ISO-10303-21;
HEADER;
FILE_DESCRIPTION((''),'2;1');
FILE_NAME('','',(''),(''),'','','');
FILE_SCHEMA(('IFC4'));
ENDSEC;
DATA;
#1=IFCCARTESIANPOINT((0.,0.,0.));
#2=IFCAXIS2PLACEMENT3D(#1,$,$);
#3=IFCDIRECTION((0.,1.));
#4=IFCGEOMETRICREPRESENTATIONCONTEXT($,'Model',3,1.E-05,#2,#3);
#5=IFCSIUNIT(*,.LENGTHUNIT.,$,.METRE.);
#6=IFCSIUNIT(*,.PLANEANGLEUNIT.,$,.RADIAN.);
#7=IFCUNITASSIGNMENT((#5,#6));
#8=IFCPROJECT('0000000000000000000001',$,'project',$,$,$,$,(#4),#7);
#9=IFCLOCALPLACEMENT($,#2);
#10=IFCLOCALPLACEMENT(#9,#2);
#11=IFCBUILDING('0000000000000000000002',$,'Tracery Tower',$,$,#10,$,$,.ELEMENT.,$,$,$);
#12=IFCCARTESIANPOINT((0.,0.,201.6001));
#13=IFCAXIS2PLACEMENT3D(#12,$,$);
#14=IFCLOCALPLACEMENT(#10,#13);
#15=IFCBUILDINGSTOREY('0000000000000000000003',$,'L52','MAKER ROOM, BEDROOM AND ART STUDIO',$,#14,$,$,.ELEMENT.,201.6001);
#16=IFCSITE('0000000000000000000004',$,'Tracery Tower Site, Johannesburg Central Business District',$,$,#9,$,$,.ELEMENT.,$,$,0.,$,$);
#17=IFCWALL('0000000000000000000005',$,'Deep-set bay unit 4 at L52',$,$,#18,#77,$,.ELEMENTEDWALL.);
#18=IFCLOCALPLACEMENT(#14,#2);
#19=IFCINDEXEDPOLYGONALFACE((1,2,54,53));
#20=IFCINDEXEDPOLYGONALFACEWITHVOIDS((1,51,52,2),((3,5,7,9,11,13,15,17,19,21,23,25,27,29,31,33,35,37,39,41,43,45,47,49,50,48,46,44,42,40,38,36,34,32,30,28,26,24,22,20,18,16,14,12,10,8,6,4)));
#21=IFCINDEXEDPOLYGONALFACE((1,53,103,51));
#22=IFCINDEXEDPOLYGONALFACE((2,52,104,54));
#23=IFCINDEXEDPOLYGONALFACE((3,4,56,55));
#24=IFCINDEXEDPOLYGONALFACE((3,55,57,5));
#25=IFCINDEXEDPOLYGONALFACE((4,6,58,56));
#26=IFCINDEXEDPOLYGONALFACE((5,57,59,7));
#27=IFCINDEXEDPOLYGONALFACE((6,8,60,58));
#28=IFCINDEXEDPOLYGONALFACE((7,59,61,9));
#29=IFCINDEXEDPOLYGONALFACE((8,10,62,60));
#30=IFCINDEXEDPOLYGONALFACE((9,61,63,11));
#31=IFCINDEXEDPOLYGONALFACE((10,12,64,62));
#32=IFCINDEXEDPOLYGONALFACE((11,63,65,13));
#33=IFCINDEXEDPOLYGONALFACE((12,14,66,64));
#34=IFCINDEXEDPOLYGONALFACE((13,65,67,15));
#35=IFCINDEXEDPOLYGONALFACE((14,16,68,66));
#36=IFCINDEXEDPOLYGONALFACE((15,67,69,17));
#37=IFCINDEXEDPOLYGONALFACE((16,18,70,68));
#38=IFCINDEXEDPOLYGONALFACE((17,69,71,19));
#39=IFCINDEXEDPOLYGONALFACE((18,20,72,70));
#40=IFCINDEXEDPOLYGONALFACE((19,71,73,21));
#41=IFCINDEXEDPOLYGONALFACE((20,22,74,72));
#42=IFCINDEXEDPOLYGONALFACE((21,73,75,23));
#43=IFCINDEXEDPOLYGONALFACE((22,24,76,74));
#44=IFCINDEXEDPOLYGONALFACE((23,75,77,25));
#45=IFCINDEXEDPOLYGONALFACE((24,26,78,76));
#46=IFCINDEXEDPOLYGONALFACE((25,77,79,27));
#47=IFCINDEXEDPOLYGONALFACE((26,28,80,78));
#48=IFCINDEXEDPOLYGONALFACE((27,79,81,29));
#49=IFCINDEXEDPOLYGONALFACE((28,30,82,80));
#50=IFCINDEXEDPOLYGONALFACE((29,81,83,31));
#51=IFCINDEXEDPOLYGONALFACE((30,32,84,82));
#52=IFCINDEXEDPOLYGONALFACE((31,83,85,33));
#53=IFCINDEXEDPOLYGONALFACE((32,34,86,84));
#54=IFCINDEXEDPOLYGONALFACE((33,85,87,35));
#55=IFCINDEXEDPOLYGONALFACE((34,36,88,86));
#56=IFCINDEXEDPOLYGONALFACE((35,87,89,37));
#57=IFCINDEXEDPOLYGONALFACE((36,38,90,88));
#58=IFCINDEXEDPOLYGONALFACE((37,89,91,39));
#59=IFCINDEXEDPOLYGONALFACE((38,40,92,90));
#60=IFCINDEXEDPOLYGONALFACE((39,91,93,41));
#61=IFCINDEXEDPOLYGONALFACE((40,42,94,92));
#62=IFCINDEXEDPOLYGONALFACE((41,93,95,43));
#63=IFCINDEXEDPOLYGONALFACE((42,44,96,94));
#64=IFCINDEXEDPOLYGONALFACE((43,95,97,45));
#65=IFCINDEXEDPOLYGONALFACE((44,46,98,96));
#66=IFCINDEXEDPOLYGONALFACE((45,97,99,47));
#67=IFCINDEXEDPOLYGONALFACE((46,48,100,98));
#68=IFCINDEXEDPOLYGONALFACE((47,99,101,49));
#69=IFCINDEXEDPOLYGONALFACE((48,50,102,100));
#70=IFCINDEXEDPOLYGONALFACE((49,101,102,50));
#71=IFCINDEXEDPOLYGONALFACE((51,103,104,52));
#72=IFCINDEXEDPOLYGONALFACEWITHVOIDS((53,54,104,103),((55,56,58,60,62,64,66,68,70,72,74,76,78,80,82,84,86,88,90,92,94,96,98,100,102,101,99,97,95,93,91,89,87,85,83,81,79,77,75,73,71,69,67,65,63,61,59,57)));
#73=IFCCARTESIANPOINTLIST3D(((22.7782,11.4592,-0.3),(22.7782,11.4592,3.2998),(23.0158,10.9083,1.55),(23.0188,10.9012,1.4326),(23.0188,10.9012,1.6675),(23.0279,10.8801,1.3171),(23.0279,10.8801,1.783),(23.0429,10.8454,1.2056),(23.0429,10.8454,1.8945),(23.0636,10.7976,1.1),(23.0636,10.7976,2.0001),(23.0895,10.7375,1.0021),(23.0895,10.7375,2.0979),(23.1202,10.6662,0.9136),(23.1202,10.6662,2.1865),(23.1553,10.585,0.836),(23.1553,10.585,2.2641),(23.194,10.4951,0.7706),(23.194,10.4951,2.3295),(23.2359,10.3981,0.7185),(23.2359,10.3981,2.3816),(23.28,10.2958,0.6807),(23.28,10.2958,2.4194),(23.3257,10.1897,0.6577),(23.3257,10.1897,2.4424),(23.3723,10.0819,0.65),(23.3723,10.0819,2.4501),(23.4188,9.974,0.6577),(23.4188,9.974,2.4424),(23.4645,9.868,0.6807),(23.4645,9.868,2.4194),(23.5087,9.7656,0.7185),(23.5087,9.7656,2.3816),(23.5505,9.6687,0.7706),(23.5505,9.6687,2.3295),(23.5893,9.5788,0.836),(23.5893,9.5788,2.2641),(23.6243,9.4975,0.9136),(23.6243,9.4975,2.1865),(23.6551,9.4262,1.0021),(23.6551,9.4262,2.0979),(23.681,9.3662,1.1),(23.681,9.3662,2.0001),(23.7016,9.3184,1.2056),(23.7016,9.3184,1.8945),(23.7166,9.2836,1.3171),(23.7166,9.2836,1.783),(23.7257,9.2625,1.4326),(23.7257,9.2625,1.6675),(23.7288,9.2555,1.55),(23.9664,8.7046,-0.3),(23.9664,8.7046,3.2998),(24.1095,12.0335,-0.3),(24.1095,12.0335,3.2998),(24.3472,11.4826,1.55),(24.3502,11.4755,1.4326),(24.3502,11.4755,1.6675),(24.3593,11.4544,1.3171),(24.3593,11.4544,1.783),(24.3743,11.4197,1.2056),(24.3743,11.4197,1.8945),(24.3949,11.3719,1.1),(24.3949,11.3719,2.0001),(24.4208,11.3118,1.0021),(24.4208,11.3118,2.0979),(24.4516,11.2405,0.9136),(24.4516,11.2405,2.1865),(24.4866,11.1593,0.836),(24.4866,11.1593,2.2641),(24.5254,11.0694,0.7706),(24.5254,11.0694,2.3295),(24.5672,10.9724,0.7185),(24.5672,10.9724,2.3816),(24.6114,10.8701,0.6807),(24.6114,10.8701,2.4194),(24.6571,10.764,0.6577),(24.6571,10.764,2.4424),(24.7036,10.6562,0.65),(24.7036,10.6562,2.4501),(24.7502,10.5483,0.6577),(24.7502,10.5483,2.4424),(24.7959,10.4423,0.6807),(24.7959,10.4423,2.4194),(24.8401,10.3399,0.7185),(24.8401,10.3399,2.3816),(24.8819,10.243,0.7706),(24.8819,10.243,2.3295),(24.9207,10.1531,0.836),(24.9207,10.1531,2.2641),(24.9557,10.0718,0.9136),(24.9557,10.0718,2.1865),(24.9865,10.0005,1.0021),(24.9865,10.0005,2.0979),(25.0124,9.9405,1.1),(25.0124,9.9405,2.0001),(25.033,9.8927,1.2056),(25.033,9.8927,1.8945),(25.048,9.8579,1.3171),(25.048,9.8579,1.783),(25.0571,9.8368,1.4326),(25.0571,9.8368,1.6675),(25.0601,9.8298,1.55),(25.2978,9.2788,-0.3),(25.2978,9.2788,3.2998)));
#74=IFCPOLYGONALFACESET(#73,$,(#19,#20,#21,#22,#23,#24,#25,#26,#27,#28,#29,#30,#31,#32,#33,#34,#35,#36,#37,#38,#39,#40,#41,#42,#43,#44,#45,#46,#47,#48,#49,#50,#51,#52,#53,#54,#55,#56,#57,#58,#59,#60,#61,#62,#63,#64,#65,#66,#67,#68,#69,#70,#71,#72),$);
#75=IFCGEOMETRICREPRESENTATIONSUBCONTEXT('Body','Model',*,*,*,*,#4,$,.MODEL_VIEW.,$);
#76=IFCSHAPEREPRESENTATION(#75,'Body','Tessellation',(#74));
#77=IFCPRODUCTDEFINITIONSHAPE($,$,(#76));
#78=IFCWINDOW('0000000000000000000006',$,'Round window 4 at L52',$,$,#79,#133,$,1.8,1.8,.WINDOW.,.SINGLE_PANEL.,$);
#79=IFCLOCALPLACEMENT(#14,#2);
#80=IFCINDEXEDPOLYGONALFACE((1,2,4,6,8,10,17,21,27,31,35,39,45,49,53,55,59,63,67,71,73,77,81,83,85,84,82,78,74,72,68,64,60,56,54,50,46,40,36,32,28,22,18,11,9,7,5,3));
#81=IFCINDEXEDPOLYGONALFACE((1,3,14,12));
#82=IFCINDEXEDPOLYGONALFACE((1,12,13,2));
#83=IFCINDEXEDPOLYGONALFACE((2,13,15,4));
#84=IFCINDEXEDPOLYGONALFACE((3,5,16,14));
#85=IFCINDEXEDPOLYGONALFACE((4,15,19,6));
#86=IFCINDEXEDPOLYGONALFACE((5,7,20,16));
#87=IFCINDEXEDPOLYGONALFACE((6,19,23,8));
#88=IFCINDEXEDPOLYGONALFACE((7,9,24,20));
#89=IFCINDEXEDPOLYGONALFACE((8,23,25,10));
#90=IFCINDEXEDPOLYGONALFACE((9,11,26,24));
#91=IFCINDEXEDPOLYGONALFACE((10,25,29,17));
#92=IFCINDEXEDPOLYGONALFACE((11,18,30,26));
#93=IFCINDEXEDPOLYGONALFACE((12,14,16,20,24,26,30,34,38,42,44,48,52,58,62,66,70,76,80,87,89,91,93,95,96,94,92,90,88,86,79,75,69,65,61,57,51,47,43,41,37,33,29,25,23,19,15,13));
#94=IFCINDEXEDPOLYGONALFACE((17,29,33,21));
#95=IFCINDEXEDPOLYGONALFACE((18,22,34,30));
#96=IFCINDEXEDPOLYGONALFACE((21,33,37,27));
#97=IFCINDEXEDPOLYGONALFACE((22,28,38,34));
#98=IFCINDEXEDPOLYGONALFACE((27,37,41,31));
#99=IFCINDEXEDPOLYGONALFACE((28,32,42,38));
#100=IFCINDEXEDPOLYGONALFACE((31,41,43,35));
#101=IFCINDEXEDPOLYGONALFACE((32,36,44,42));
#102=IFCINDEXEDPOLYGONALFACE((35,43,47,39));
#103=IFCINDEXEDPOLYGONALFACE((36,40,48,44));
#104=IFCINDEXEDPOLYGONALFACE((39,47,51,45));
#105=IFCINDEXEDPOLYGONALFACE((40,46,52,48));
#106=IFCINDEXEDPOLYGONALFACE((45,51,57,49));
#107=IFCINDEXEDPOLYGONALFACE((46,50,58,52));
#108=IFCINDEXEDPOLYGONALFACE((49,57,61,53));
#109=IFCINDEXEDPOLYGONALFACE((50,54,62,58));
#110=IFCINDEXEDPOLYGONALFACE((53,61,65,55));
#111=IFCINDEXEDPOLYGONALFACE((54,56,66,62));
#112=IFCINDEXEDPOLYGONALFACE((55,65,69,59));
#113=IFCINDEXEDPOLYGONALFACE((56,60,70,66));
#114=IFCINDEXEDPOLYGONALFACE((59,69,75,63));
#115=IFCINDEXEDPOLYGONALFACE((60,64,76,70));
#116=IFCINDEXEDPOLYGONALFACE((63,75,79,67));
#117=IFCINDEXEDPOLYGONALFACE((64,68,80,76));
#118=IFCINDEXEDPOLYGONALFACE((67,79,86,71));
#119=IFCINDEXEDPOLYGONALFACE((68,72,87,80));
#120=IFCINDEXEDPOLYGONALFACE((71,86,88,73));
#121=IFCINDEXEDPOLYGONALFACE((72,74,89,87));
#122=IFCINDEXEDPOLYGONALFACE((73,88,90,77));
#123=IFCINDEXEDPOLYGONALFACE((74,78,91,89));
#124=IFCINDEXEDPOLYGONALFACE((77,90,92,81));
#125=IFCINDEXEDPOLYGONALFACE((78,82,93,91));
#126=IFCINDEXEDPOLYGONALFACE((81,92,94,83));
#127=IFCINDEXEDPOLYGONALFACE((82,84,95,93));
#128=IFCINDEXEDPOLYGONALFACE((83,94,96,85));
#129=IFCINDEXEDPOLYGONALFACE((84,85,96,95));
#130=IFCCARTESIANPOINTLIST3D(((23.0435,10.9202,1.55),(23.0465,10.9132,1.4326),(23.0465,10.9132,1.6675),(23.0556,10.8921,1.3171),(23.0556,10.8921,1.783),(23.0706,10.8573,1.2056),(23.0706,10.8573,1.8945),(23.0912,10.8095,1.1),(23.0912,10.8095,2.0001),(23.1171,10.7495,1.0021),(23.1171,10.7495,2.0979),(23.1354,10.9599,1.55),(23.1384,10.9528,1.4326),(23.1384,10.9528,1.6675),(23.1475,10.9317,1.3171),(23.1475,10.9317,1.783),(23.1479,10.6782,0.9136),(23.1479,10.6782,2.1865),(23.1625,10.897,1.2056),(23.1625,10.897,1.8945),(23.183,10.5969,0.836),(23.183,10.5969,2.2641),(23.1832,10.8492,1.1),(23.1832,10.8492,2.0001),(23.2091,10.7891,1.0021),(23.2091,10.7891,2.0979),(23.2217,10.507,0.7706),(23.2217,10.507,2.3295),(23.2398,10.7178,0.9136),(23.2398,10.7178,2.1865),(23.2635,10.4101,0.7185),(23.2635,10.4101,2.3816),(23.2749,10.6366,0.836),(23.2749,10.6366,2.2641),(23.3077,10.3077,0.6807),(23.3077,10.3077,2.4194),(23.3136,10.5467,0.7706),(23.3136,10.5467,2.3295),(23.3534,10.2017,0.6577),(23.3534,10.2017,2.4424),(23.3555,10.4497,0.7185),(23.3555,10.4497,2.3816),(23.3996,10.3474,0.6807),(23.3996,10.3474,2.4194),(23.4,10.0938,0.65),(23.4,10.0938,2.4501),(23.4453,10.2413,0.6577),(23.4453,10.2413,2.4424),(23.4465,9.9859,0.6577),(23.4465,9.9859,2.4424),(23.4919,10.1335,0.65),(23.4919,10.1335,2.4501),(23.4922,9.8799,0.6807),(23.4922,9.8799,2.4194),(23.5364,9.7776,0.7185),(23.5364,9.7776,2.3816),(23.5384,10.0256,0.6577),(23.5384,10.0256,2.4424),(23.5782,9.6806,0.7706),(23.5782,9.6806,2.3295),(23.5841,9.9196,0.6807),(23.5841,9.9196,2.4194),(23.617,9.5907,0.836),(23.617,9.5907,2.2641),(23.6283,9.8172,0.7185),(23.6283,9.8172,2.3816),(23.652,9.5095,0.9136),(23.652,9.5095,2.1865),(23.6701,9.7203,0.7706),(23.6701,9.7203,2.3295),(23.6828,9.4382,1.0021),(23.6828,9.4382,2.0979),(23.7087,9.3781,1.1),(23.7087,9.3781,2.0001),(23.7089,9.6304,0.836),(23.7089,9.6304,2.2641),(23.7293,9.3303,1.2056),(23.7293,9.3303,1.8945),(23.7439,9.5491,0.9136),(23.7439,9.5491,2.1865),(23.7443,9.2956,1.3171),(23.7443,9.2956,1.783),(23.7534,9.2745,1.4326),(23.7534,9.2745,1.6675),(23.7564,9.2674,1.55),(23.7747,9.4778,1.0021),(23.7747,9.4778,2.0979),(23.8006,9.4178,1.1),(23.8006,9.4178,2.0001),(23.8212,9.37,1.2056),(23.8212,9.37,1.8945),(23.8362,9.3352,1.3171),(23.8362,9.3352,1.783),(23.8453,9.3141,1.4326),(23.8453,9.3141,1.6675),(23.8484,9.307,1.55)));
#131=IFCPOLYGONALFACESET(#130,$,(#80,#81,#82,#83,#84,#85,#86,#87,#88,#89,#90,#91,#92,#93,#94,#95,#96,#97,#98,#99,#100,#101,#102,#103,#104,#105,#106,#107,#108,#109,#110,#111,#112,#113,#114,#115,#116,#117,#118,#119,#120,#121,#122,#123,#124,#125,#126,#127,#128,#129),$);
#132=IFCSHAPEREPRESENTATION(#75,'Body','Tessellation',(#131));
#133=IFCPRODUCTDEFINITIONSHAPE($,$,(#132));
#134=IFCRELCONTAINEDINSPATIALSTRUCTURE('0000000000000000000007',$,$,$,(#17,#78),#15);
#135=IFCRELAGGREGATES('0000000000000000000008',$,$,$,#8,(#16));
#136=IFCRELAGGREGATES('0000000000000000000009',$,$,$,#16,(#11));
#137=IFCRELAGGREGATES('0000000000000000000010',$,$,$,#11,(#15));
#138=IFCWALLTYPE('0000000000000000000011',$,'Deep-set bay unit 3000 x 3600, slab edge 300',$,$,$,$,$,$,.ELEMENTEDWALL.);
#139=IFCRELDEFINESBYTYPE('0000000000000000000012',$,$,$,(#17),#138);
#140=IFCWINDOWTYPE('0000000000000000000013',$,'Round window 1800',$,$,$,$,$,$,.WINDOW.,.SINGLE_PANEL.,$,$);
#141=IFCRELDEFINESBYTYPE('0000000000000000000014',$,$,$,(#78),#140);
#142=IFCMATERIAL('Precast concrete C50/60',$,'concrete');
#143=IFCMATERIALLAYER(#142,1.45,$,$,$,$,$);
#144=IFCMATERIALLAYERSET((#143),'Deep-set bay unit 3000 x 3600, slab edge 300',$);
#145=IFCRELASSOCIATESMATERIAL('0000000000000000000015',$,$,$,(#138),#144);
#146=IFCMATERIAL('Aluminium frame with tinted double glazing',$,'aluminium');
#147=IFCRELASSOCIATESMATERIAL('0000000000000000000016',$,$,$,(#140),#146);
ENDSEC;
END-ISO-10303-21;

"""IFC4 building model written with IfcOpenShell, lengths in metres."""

from ifc_helpers import new_model, si_unit, direction, frame, frame_2d, origin, origin_2d, place, context, subcontext, project, spatial, rectangle, circle, extrude, material, layer, layer_set, type_object, element, fill, save


model = new_model("IFC4")

# Units and contexts
model_context = context("Model", 3, precision=1e-05, world=origin(), true_north=direction((0.0, 1.0)))
body_context = subcontext(model_context, "Body", "Model", "MODEL_VIEW")
ifc_project = project(units=[si_unit("LENGTHUNIT", "METRE"), si_unit("PLANEANGLEUNIT", "RADIAN")], contexts=[model_context])

# Site, building, storey
site_placement = place(None, origin())
site = spatial("IfcSite", under=ifc_project, at=site_placement, Name="Tracery Tower Site, Johannesburg Central Business District", CompositionType="ELEMENT", RefElevation=0.0)
building_placement = place(site_placement, origin())
building = spatial("IfcBuilding", under=site, at=building_placement, Name="Tracery Tower", CompositionType="ELEMENT")
storey_placement = place(building_placement, frame((0.0, 0.0, 201.6001)))
storey = spatial("IfcBuildingStorey", under=building, at=storey_placement, Name="L52", Description="MAKER ROOM, BEDROOM AND ART STUDIO", CompositionType="ELEMENT", Elevation=201.6001)

# Wall, opening, window
ifc_material_1 = material(Name="Precast concrete C50/60", Category="concrete")
ifc_layer_1 = layer(ifc_material_1, 1.45)
ifc_layer_set_1 = layer_set([ifc_layer_1], Name="Deep-set bay unit 3000 x 3600, slab edge 300")
wall_type_1 = type_object("IfcWallType", Name="Deep-set bay unit 3000 x 3600, slab edge 300", PredefinedType="ELEMENTEDWALL", material=ifc_layer_set_1)
ifc_material_2 = material(Name="Aluminium frame with tinted double glazing", Category="aluminium")
window_type = type_object("IfcWindowType", Name="Round window 1800", PartitioningType="SINGLE_PANEL", PredefinedType="WINDOW", material=ifc_material_2)
wall_1_placement = place(storey_placement, frame((24.6321, 8.9917, -0.3), z_axis=(0.0, 0.0, 1.0), x_axis=(-0.396079, 0.918216, 0.0)))
wall_1 = element("IfcWall", 1, at=wall_1_placement, inside=storey, type_object=wall_type_1, Name="Deep-set bay unit 4 at L52", PredefinedType="ELEMENTEDWALL", context=body_context, shape_type="SweptSolid", body=[
    extrude(rectangle(XDim=3.0, YDim=1.45, at=frame_2d((1.5, 0.0))), origin(), (0.0, 0.0, 1.0), 3.5999),
])
opening_1_placement = place(wall_1_placement, frame((1.5, 0.0, 1.8501)))
opening_1 = element("IfcOpeningElement", 2, at=opening_1_placement, cuts=wall_1, PredefinedType="OPENING", context=body_context, shape_type="SweptSolid", body=[
    extrude(circle(Radius=0.9, at=origin_2d()), frame((0.0, 0.7349, 0.0), z_axis=(0.0, -1.0, 0.0), x_axis=(1.0, 0.0, 0.0)), (0.0, 0.0, 1.0), 1.47),
])
window_1_placement = place(opening_1_placement, origin())
window_1 = element("IfcWindow", 3, at=window_1_placement, inside=storey, type_object=window_type, Name="Round window 4 at L52", OverallHeight=1.8, OverallWidth=1.8, PartitioningType="SINGLE_PANEL", PredefinedType="WINDOW", context=body_context, shape_type="SweptSolid", body=[
    extrude(circle(Radius=0.9, at=origin_2d()), frame((0.0, 0.6948, 0.0), z_axis=(0.0, -1.0, 0.0), x_axis=(1.0, 0.0, 0.0)), (0.0, 0.0, 1.0), 0.1001),
])
fill(opening_1, window_1)

save(model, "model.ifc")
